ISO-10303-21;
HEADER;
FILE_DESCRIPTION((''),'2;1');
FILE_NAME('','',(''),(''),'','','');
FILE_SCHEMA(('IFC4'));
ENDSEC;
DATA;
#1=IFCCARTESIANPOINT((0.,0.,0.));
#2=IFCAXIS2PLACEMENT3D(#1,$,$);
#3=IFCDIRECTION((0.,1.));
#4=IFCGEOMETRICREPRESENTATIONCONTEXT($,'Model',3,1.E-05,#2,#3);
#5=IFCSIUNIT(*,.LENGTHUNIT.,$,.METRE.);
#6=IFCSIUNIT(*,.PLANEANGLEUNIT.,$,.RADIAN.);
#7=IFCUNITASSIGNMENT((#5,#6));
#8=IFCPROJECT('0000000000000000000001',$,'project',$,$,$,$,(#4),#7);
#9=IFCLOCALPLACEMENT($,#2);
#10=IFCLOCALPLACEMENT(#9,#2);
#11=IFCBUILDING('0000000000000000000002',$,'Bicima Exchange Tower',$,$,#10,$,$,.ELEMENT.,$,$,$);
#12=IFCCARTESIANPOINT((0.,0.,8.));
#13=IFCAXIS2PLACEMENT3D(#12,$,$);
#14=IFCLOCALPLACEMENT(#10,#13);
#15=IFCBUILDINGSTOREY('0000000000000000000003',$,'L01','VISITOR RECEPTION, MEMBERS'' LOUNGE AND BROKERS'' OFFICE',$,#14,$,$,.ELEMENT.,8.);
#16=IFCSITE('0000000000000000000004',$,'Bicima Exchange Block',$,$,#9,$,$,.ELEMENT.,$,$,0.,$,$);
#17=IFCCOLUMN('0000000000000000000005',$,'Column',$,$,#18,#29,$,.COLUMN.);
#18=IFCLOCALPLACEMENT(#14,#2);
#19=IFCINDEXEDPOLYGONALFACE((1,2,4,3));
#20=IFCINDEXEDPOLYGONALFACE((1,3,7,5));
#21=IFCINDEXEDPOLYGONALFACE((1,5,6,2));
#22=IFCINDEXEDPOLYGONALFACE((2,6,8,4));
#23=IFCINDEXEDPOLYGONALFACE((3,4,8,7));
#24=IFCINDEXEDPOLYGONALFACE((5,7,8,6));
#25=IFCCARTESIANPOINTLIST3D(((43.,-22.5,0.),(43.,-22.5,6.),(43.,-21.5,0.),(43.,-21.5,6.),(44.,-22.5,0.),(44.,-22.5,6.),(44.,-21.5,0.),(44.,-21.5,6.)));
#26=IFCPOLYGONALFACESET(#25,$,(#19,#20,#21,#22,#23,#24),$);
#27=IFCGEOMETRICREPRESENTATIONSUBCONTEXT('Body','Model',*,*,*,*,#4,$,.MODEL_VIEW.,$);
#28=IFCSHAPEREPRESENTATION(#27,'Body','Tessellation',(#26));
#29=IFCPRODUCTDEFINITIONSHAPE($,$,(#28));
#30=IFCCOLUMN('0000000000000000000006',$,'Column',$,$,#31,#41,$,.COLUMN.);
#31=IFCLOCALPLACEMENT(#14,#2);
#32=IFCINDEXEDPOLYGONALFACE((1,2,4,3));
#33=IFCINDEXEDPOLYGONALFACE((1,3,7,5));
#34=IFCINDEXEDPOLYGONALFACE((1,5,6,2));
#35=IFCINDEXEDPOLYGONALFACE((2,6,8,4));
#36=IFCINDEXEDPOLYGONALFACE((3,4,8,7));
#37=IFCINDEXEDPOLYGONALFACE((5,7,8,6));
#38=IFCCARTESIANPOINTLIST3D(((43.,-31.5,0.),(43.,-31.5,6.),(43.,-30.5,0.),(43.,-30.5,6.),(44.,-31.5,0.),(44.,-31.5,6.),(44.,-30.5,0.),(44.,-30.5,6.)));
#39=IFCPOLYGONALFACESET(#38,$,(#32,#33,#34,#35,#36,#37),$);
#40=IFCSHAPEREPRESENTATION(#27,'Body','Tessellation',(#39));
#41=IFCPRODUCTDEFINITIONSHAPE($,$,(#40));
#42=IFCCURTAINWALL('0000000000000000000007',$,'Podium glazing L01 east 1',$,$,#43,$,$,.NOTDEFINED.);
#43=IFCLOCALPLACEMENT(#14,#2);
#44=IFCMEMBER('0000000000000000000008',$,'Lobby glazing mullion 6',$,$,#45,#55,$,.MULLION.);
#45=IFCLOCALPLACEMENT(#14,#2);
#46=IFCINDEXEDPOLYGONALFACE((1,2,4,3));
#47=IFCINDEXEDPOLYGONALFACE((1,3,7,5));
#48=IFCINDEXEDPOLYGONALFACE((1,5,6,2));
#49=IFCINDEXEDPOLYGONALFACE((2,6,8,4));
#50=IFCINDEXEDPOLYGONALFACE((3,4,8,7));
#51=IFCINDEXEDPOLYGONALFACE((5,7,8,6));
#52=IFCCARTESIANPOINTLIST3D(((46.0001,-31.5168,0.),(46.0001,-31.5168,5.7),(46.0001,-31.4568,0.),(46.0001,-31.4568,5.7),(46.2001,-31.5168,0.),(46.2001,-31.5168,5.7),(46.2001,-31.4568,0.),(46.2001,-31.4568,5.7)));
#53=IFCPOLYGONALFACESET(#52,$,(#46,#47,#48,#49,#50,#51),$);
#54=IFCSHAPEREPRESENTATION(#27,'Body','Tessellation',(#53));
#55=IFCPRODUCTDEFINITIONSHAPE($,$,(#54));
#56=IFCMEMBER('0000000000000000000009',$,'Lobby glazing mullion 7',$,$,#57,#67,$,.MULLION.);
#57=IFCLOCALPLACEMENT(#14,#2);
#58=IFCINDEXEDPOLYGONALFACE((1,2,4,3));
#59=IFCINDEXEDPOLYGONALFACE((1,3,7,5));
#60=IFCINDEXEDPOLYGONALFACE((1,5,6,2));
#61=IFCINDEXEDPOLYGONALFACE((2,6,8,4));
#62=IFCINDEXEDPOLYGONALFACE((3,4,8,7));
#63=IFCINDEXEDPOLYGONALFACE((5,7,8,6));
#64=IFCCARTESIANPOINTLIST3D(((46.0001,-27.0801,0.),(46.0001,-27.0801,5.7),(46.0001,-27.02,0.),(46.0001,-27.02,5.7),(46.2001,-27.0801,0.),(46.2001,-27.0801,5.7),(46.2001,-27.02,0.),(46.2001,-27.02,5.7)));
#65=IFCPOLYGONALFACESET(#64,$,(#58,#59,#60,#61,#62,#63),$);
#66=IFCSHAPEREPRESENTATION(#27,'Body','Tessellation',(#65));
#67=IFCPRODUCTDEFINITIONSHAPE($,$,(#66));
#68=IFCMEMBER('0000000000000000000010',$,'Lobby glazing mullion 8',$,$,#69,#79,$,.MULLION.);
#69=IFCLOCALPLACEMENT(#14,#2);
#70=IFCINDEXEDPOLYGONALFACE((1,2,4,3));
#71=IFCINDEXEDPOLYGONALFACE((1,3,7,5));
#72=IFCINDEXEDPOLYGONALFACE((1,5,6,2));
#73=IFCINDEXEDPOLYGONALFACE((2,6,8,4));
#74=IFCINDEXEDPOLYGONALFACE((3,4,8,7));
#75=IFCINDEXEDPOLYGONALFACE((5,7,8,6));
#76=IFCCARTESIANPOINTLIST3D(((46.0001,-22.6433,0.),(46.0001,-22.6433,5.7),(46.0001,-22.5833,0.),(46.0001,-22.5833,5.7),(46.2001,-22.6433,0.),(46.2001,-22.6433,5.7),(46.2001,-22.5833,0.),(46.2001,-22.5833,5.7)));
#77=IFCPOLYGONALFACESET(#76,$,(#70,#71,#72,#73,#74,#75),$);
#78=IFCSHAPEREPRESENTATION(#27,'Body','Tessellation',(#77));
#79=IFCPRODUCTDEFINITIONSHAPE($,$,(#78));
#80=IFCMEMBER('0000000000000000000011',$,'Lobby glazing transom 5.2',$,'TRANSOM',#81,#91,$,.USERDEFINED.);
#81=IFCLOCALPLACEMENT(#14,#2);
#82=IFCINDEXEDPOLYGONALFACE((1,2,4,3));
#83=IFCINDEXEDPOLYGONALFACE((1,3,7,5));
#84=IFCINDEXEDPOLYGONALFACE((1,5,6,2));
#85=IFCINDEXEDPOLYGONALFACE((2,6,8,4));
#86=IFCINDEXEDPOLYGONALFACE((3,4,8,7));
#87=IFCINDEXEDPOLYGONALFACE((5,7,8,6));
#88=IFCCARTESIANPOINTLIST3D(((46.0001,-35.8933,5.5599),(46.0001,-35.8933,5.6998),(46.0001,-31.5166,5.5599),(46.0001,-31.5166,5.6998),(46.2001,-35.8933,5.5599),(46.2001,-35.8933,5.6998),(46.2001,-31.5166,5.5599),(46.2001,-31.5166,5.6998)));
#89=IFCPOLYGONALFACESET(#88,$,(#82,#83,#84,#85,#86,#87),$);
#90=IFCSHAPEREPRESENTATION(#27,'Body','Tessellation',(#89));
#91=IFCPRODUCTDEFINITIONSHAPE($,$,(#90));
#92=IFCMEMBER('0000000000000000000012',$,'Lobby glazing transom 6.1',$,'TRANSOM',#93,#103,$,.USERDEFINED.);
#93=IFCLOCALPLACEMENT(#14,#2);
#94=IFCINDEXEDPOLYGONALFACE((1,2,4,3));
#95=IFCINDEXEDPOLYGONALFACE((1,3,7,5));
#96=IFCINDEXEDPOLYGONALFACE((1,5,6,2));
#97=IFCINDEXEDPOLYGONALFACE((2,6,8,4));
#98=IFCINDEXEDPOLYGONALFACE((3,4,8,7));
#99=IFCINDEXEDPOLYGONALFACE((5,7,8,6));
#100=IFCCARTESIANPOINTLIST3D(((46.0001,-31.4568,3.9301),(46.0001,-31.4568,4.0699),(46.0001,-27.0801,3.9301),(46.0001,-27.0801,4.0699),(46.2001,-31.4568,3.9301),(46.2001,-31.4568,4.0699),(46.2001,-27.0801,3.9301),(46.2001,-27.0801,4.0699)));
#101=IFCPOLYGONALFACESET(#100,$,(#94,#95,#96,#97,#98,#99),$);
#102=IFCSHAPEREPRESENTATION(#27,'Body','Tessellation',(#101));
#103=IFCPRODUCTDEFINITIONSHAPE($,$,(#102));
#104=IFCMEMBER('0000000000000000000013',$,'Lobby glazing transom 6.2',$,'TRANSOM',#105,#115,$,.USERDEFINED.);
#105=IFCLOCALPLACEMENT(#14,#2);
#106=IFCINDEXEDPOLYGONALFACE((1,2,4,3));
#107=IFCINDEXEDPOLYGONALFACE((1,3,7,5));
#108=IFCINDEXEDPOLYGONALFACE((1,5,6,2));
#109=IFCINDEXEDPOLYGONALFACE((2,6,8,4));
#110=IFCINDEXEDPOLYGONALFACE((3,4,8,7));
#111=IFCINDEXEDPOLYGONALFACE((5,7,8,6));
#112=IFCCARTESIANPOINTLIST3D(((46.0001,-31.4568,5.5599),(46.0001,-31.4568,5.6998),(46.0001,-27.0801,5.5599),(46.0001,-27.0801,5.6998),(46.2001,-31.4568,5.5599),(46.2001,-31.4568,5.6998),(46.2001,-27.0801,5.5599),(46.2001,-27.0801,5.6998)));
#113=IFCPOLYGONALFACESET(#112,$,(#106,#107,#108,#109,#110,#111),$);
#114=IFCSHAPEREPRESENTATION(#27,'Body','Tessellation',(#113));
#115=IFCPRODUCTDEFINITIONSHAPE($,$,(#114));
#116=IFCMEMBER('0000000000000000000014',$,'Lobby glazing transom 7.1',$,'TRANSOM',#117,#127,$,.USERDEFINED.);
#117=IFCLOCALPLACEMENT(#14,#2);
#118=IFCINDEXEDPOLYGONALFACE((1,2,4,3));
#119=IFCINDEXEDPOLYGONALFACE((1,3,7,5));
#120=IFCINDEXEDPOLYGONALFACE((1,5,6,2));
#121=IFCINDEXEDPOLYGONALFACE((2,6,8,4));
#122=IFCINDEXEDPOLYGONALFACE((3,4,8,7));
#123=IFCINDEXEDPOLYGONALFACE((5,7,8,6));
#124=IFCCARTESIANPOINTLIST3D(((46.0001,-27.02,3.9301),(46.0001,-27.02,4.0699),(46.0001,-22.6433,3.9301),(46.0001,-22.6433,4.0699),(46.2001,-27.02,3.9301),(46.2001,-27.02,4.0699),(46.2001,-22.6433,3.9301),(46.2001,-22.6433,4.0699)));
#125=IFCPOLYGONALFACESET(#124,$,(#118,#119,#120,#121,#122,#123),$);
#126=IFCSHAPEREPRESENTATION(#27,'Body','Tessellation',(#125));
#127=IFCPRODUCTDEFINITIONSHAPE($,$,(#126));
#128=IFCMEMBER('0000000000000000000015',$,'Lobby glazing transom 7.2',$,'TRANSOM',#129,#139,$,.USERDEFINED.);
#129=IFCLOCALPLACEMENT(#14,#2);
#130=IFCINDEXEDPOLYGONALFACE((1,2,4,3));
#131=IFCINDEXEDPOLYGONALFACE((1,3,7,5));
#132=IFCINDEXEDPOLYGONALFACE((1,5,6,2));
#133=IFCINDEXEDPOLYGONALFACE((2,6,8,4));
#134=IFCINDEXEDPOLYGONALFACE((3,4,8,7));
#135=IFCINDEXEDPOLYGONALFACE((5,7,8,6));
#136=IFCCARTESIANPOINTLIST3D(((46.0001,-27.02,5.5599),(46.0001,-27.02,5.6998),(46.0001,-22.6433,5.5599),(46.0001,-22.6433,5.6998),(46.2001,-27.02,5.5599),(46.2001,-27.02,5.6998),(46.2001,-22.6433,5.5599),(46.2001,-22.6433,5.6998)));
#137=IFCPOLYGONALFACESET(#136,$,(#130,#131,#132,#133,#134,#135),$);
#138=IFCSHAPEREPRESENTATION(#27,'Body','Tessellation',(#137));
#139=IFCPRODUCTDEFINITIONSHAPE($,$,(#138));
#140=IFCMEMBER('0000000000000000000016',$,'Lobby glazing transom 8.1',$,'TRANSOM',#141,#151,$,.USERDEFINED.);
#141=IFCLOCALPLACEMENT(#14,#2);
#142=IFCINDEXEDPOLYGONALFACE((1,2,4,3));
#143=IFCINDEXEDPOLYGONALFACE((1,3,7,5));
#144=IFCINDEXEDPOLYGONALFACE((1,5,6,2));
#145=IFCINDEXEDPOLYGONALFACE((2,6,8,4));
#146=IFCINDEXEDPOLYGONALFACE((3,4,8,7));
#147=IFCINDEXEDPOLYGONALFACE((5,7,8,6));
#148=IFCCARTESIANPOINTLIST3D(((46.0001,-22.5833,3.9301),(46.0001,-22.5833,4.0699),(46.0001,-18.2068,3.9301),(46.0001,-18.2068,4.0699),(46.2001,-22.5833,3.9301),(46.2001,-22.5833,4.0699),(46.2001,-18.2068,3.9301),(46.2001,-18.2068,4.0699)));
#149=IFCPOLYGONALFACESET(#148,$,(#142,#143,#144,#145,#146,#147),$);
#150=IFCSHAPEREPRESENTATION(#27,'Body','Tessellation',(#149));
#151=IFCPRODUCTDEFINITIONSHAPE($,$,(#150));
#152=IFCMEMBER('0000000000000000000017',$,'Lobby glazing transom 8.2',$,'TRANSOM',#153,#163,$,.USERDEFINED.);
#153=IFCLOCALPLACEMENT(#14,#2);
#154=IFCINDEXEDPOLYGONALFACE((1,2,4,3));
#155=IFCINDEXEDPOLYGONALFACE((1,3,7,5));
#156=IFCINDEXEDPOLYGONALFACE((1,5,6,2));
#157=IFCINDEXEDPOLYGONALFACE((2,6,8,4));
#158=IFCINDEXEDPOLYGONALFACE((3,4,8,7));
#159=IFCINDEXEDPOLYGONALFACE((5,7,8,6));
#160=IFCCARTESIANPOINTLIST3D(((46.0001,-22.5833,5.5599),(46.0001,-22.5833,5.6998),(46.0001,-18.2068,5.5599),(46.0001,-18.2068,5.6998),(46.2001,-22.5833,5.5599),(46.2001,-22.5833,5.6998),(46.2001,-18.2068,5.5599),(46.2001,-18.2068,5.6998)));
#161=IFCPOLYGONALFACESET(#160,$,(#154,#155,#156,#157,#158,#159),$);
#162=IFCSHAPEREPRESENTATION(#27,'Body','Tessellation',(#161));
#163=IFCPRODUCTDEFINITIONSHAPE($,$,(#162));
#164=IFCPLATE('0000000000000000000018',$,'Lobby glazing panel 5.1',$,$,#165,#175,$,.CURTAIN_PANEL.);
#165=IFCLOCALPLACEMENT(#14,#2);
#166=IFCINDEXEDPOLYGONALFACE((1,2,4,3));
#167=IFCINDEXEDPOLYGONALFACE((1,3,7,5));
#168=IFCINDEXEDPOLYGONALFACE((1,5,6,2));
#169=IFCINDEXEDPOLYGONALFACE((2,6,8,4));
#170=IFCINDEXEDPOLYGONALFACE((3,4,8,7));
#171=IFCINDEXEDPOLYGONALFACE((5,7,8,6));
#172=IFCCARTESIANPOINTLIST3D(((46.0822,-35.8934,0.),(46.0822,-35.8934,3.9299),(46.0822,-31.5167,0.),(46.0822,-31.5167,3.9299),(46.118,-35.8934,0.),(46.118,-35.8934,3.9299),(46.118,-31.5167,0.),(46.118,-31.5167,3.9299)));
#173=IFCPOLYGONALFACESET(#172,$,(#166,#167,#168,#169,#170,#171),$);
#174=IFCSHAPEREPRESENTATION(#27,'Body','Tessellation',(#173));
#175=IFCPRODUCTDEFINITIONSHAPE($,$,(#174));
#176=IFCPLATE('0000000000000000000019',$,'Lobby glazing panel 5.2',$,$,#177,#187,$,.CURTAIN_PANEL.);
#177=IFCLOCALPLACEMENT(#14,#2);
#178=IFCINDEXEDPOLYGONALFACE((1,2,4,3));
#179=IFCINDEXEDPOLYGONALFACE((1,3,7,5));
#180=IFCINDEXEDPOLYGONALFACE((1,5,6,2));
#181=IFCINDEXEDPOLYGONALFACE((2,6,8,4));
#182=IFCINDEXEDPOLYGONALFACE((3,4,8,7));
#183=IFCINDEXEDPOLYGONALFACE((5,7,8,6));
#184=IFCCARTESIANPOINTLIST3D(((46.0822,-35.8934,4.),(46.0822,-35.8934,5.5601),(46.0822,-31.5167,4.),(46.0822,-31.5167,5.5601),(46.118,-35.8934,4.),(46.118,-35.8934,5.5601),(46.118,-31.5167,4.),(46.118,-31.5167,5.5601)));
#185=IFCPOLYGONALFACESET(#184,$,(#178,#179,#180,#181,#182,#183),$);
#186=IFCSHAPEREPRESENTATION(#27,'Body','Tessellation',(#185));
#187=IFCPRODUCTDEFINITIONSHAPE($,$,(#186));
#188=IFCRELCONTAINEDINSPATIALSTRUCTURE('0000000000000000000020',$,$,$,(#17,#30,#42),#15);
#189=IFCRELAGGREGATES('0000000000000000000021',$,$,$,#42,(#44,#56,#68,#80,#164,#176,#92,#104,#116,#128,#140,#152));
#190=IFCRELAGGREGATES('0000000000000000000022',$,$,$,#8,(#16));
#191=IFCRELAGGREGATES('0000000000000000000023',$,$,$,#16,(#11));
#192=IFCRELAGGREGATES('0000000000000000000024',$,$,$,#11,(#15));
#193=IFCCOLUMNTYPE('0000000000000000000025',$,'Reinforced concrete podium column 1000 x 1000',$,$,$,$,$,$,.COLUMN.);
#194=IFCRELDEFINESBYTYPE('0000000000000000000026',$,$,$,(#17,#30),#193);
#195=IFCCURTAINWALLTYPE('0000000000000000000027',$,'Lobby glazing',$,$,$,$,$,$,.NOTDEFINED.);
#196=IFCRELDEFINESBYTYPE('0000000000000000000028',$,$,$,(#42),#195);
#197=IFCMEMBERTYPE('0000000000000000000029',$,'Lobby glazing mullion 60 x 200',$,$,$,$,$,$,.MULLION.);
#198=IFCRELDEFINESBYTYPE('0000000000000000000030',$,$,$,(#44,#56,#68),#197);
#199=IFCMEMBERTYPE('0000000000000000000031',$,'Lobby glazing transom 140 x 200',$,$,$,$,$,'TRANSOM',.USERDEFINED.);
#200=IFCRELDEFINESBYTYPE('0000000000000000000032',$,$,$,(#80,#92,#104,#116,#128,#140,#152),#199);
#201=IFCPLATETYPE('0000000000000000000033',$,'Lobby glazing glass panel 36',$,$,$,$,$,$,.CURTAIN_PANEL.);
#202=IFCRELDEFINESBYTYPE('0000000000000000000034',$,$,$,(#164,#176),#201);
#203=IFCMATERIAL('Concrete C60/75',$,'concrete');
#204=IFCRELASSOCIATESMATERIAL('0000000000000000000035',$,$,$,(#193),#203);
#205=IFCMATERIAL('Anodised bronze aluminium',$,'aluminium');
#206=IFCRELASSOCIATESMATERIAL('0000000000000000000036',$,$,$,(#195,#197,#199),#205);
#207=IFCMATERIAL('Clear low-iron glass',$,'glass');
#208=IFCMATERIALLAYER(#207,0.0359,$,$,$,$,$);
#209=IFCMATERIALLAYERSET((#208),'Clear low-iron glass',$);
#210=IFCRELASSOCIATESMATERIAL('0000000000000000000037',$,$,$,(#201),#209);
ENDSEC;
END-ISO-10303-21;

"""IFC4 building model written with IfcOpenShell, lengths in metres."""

from ifc_helpers import new_model, si_unit, direction, frame, origin, origin_2d, place, context, subcontext, project, spatial, rectangle, extrude, material, layer, layer_set, material_profile, profile_set, type_object, element, aggregate, save


model = new_model("IFC4")

# Units and contexts
model_context = context("Model", 3, precision=1e-05, world=origin(), true_north=direction((0.0, 1.0)))
body_context = subcontext(model_context, "Body", "Model", "MODEL_VIEW")
ifc_project = project(units=[si_unit("LENGTHUNIT", "METRE"), si_unit("PLANEANGLEUNIT", "RADIAN")], contexts=[model_context])

# Site, building, storey
site_placement = place(None, origin())
site = spatial("IfcSite", under=ifc_project, at=site_placement, Name="Bicima Exchange Block", CompositionType="ELEMENT", RefElevation=0.0)
building_placement = place(site_placement, origin())
building = spatial("IfcBuilding", under=site, at=building_placement, Name="Bicima Exchange Tower", CompositionType="ELEMENT")
storey_placement = place(building_placement, frame((0.0, 0.0, 8.0)))
storey = spatial("IfcBuildingStorey", under=building, at=storey_placement, Name="L01", Description="VISITOR RECEPTION, MEMBERS' LOUNGE AND BROKERS' OFFICE", CompositionType="ELEMENT", Elevation=8.0)

# Columns
ifc_material_1 = material(Name="Concrete C60/75", Category="concrete")
ifc_material_profile_1 = material_profile(ifc_material_1, rectangle(XDim=1.0, YDim=1.0, at=origin_2d()))
ifc_profile_set_1 = profile_set([ifc_material_profile_1], Name="Concrete C60/75")
column_type = type_object("IfcColumnType", Name="Reinforced concrete podium column 1000 x 1000", PredefinedType="COLUMN", material=ifc_profile_set_1)
for number, where, z_axis, x_axis, name in (
    (1, (43.5, -22.0, 0.0), (0.0, 0.0, 1.0), (1.0, 0.0, 0.0), "Column"),
    (2, (43.5, -31.0, 0.0), (0.0, 0.0, 1.0), (1.0, 0.0, 0.0), "Column"),
):
    element("IfcColumn", number, at=place(storey_placement, frame(where, z_axis=z_axis, x_axis=x_axis)), inside=storey, type_object=column_type, Name=name, PredefinedType="COLUMN", context=body_context, shape_type="SweptSolid", body=[
        extrude(rectangle(XDim=1.0, YDim=1.0, at=origin_2d()), origin(), (0.0, 0.0, 1.0), 6.0),
    ])

# Curtain wall, members, plates
ifc_material_2 = material(Name="Anodised bronze aluminium", Category="aluminium")
curtain_wall_type = type_object("IfcCurtainWallType", Name="Lobby glazing", PredefinedType="NOTDEFINED", material=ifc_material_2)
curtain_wall_placement = place(storey_placement, origin())
curtain_wall = element("IfcCurtainWall", 3, at=curtain_wall_placement, inside=storey, type_object=curtain_wall_type, Name="Podium glazing L01 east 1", PredefinedType="NOTDEFINED")
ifc_material_profile_2 = material_profile(ifc_material_2, rectangle(XDim=0.2, YDim=0.0601, at=origin_2d()))
ifc_profile_set_2 = profile_set([ifc_material_profile_2], Name="Anodised bronze aluminium")
member_type_1 = type_object("IfcMemberType", Name="Lobby glazing mullion 60 x 200", PredefinedType="MULLION", material=ifc_profile_set_2)
member_1_placement = place(storey_placement, frame((46.1001, -31.4868, 0.0), z_axis=(0.0, 0.0, 1.0), x_axis=(-1.0, 0.0, 0.0)))
member_1 = element("IfcMember", 4, at=member_1_placement, type_object=member_type_1, Name="Lobby glazing mullion 6", PredefinedType="MULLION", context=body_context, shape_type="SweptSolid", body=[
    extrude(rectangle(XDim=0.2, YDim=0.0601, at=origin_2d()), origin(), (0.0, 0.0, 1.0), 5.7),
])
member_2_placement = place(storey_placement, frame((46.1001, -27.05, 0.0), z_axis=(0.0, 0.0, 1.0), x_axis=(-1.0, 0.0, 0.0)))
member_2 = element("IfcMember", 5, at=member_2_placement, type_object=member_type_1, Name="Lobby glazing mullion 7", PredefinedType="MULLION", context=body_context, shape_type="SweptSolid", body=[
    extrude(rectangle(XDim=0.2, YDim=0.0601, at=origin_2d()), origin(), (0.0, 0.0, 1.0), 5.7),
])
member_3_placement = place(storey_placement, frame((46.1001, -22.6133, 0.0), z_axis=(0.0, 0.0, 1.0), x_axis=(-1.0, 0.0, 0.0)))
member_3 = element("IfcMember", 6, at=member_3_placement, type_object=member_type_1, Name="Lobby glazing mullion 8", PredefinedType="MULLION", context=body_context, shape_type="SweptSolid", body=[
    extrude(rectangle(XDim=0.2, YDim=0.0601, at=origin_2d()), origin(), (0.0, 0.0, 1.0), 5.7),
])
ifc_material_profile_3 = material_profile(ifc_material_2, rectangle(XDim=0.2, YDim=0.1399, at=origin_2d()))
ifc_profile_set_3 = profile_set([ifc_material_profile_3], Name="Anodised bronze aluminium")
member_type_2 = type_object("IfcMemberType", Name="Lobby glazing transom 140 x 200", ElementType="TRANSOM", PredefinedType="USERDEFINED", material=ifc_profile_set_3)
member_4_placement = place(storey_placement, frame((46.1001, -35.8933, 5.6299), z_axis=(0.0, 1.0, 0.0), x_axis=(-1.0, 0.0, 0.0)))
member_4 = element("IfcMember", 7, at=member_4_placement, type_object=member_type_2, Name="Lobby glazing transom 5.2", ObjectType="TRANSOM", PredefinedType="USERDEFINED", context=body_context, shape_type="SweptSolid", body=[
    extrude(rectangle(XDim=0.2, YDim=0.1399, at=origin_2d()), origin(), (0.0, 0.0, 1.0), 4.3767),
])
member_5_placement = place(storey_placement, frame((46.1001, -31.4568, 4.0), z_axis=(0.0, 1.0, 0.0), x_axis=(-1.0, 0.0, 0.0)))
member_5 = element("IfcMember", 8, at=member_5_placement, type_object=member_type_2, Name="Lobby glazing transom 6.1", ObjectType="TRANSOM", PredefinedType="USERDEFINED", context=body_context, shape_type="SweptSolid", body=[
    extrude(rectangle(XDim=0.2, YDim=0.1399, at=origin_2d()), origin(), (0.0, 0.0, 1.0), 4.3767),
])
member_6_placement = place(storey_placement, frame((46.1001, -31.4568, 5.6299), z_axis=(0.0, 1.0, 0.0), x_axis=(-1.0, 0.0, 0.0)))
member_6 = element("IfcMember", 9, at=member_6_placement, type_object=member_type_2, Name="Lobby glazing transom 6.2", ObjectType="TRANSOM", PredefinedType="USERDEFINED", context=body_context, shape_type="SweptSolid", body=[
    extrude(rectangle(XDim=0.2, YDim=0.1399, at=origin_2d()), origin(), (0.0, 0.0, 1.0), 4.3767),
])
member_7_placement = place(storey_placement, frame((46.1001, -27.02, 4.0), z_axis=(0.0, 1.0, 0.0), x_axis=(-1.0, 0.0, 0.0)))
member_7 = element("IfcMember", 10, at=member_7_placement, type_object=member_type_2, Name="Lobby glazing transom 7.1", ObjectType="TRANSOM", PredefinedType="USERDEFINED", context=body_context, shape_type="SweptSolid", body=[
    extrude(rectangle(XDim=0.2, YDim=0.1399, at=origin_2d()), origin(), (0.0, 0.0, 1.0), 4.3767),
])
member_8_placement = place(storey_placement, frame((46.1001, -27.02, 5.6299), z_axis=(0.0, 1.0, 0.0), x_axis=(-1.0, 0.0, 0.0)))
member_8 = element("IfcMember", 11, at=member_8_placement, type_object=member_type_2, Name="Lobby glazing transom 7.2", ObjectType="TRANSOM", PredefinedType="USERDEFINED", context=body_context, shape_type="SweptSolid", body=[
    extrude(rectangle(XDim=0.2, YDim=0.1399, at=origin_2d()), origin(), (0.0, 0.0, 1.0), 4.3767),
])
member_9_placement = place(storey_placement, frame((46.1001, -22.5833, 4.0), z_axis=(0.0, 1.0, 0.0), x_axis=(-1.0, 0.0, 0.0)))
member_9 = element("IfcMember", 12, at=member_9_placement, type_object=member_type_2, Name="Lobby glazing transom 8.1", ObjectType="TRANSOM", PredefinedType="USERDEFINED", context=body_context, shape_type="SweptSolid", body=[
    extrude(rectangle(XDim=0.2, YDim=0.1399, at=origin_2d()), origin(), (0.0, 0.0, 1.0), 4.3765),
])
member_10_placement = place(storey_placement, frame((46.1001, -22.5833, 5.6299), z_axis=(0.0, 1.0, 0.0), x_axis=(-1.0, 0.0, 0.0)))
member_10 = element("IfcMember", 13, at=member_10_placement, type_object=member_type_2, Name="Lobby glazing transom 8.2", ObjectType="TRANSOM", PredefinedType="USERDEFINED", context=body_context, shape_type="SweptSolid", body=[
    extrude(rectangle(XDim=0.2, YDim=0.1399, at=origin_2d()), origin(), (0.0, 0.0, 1.0), 4.3765),
])
ifc_material_3 = material(Name="Clear low-iron glass", Category="glass")
ifc_layer_1 = layer(ifc_material_3, 0.0359)
ifc_layer_set_1 = layer_set([ifc_layer_1], Name="Clear low-iron glass")
plate_type = type_object("IfcPlateType", Name="Lobby glazing glass panel 36", PredefinedType="CURTAIN_PANEL", material=ifc_layer_set_1)
plate_1_placement = place(storey_placement, frame((46.1001, -33.7051, 0.0), z_axis=(0.0, 0.0, 1.0), x_axis=(0.0, 1.0, 0.0)))
plate_1 = element("IfcPlate", 14, at=plate_1_placement, type_object=plate_type, Name="Lobby glazing panel 5.1", PredefinedType="CURTAIN_PANEL", context=body_context, shape_type="SweptSolid", body=[
    extrude(rectangle(XDim=4.3767, YDim=0.0359, at=origin_2d()), origin(), (0.0, 0.0, 1.0), 3.9299),
])
plate_2_placement = place(storey_placement, frame((46.1001, -33.7051, 4.0), z_axis=(0.0, 0.0, 1.0), x_axis=(0.0, 1.0, 0.0)))
plate_2 = element("IfcPlate", 15, at=plate_2_placement, type_object=plate_type, Name="Lobby glazing panel 5.2", PredefinedType="CURTAIN_PANEL", context=body_context, shape_type="SweptSolid", body=[
    extrude(rectangle(XDim=4.3767, YDim=0.0359, at=origin_2d()), origin(), (0.0, 0.0, 1.0), 1.5601),
])
aggregate(curtain_wall, [member_1, member_2, member_3, member_4, plate_1, plate_2, member_5, member_6, member_7, member_8, member_9, member_10])

save(model, "model.ifc")
